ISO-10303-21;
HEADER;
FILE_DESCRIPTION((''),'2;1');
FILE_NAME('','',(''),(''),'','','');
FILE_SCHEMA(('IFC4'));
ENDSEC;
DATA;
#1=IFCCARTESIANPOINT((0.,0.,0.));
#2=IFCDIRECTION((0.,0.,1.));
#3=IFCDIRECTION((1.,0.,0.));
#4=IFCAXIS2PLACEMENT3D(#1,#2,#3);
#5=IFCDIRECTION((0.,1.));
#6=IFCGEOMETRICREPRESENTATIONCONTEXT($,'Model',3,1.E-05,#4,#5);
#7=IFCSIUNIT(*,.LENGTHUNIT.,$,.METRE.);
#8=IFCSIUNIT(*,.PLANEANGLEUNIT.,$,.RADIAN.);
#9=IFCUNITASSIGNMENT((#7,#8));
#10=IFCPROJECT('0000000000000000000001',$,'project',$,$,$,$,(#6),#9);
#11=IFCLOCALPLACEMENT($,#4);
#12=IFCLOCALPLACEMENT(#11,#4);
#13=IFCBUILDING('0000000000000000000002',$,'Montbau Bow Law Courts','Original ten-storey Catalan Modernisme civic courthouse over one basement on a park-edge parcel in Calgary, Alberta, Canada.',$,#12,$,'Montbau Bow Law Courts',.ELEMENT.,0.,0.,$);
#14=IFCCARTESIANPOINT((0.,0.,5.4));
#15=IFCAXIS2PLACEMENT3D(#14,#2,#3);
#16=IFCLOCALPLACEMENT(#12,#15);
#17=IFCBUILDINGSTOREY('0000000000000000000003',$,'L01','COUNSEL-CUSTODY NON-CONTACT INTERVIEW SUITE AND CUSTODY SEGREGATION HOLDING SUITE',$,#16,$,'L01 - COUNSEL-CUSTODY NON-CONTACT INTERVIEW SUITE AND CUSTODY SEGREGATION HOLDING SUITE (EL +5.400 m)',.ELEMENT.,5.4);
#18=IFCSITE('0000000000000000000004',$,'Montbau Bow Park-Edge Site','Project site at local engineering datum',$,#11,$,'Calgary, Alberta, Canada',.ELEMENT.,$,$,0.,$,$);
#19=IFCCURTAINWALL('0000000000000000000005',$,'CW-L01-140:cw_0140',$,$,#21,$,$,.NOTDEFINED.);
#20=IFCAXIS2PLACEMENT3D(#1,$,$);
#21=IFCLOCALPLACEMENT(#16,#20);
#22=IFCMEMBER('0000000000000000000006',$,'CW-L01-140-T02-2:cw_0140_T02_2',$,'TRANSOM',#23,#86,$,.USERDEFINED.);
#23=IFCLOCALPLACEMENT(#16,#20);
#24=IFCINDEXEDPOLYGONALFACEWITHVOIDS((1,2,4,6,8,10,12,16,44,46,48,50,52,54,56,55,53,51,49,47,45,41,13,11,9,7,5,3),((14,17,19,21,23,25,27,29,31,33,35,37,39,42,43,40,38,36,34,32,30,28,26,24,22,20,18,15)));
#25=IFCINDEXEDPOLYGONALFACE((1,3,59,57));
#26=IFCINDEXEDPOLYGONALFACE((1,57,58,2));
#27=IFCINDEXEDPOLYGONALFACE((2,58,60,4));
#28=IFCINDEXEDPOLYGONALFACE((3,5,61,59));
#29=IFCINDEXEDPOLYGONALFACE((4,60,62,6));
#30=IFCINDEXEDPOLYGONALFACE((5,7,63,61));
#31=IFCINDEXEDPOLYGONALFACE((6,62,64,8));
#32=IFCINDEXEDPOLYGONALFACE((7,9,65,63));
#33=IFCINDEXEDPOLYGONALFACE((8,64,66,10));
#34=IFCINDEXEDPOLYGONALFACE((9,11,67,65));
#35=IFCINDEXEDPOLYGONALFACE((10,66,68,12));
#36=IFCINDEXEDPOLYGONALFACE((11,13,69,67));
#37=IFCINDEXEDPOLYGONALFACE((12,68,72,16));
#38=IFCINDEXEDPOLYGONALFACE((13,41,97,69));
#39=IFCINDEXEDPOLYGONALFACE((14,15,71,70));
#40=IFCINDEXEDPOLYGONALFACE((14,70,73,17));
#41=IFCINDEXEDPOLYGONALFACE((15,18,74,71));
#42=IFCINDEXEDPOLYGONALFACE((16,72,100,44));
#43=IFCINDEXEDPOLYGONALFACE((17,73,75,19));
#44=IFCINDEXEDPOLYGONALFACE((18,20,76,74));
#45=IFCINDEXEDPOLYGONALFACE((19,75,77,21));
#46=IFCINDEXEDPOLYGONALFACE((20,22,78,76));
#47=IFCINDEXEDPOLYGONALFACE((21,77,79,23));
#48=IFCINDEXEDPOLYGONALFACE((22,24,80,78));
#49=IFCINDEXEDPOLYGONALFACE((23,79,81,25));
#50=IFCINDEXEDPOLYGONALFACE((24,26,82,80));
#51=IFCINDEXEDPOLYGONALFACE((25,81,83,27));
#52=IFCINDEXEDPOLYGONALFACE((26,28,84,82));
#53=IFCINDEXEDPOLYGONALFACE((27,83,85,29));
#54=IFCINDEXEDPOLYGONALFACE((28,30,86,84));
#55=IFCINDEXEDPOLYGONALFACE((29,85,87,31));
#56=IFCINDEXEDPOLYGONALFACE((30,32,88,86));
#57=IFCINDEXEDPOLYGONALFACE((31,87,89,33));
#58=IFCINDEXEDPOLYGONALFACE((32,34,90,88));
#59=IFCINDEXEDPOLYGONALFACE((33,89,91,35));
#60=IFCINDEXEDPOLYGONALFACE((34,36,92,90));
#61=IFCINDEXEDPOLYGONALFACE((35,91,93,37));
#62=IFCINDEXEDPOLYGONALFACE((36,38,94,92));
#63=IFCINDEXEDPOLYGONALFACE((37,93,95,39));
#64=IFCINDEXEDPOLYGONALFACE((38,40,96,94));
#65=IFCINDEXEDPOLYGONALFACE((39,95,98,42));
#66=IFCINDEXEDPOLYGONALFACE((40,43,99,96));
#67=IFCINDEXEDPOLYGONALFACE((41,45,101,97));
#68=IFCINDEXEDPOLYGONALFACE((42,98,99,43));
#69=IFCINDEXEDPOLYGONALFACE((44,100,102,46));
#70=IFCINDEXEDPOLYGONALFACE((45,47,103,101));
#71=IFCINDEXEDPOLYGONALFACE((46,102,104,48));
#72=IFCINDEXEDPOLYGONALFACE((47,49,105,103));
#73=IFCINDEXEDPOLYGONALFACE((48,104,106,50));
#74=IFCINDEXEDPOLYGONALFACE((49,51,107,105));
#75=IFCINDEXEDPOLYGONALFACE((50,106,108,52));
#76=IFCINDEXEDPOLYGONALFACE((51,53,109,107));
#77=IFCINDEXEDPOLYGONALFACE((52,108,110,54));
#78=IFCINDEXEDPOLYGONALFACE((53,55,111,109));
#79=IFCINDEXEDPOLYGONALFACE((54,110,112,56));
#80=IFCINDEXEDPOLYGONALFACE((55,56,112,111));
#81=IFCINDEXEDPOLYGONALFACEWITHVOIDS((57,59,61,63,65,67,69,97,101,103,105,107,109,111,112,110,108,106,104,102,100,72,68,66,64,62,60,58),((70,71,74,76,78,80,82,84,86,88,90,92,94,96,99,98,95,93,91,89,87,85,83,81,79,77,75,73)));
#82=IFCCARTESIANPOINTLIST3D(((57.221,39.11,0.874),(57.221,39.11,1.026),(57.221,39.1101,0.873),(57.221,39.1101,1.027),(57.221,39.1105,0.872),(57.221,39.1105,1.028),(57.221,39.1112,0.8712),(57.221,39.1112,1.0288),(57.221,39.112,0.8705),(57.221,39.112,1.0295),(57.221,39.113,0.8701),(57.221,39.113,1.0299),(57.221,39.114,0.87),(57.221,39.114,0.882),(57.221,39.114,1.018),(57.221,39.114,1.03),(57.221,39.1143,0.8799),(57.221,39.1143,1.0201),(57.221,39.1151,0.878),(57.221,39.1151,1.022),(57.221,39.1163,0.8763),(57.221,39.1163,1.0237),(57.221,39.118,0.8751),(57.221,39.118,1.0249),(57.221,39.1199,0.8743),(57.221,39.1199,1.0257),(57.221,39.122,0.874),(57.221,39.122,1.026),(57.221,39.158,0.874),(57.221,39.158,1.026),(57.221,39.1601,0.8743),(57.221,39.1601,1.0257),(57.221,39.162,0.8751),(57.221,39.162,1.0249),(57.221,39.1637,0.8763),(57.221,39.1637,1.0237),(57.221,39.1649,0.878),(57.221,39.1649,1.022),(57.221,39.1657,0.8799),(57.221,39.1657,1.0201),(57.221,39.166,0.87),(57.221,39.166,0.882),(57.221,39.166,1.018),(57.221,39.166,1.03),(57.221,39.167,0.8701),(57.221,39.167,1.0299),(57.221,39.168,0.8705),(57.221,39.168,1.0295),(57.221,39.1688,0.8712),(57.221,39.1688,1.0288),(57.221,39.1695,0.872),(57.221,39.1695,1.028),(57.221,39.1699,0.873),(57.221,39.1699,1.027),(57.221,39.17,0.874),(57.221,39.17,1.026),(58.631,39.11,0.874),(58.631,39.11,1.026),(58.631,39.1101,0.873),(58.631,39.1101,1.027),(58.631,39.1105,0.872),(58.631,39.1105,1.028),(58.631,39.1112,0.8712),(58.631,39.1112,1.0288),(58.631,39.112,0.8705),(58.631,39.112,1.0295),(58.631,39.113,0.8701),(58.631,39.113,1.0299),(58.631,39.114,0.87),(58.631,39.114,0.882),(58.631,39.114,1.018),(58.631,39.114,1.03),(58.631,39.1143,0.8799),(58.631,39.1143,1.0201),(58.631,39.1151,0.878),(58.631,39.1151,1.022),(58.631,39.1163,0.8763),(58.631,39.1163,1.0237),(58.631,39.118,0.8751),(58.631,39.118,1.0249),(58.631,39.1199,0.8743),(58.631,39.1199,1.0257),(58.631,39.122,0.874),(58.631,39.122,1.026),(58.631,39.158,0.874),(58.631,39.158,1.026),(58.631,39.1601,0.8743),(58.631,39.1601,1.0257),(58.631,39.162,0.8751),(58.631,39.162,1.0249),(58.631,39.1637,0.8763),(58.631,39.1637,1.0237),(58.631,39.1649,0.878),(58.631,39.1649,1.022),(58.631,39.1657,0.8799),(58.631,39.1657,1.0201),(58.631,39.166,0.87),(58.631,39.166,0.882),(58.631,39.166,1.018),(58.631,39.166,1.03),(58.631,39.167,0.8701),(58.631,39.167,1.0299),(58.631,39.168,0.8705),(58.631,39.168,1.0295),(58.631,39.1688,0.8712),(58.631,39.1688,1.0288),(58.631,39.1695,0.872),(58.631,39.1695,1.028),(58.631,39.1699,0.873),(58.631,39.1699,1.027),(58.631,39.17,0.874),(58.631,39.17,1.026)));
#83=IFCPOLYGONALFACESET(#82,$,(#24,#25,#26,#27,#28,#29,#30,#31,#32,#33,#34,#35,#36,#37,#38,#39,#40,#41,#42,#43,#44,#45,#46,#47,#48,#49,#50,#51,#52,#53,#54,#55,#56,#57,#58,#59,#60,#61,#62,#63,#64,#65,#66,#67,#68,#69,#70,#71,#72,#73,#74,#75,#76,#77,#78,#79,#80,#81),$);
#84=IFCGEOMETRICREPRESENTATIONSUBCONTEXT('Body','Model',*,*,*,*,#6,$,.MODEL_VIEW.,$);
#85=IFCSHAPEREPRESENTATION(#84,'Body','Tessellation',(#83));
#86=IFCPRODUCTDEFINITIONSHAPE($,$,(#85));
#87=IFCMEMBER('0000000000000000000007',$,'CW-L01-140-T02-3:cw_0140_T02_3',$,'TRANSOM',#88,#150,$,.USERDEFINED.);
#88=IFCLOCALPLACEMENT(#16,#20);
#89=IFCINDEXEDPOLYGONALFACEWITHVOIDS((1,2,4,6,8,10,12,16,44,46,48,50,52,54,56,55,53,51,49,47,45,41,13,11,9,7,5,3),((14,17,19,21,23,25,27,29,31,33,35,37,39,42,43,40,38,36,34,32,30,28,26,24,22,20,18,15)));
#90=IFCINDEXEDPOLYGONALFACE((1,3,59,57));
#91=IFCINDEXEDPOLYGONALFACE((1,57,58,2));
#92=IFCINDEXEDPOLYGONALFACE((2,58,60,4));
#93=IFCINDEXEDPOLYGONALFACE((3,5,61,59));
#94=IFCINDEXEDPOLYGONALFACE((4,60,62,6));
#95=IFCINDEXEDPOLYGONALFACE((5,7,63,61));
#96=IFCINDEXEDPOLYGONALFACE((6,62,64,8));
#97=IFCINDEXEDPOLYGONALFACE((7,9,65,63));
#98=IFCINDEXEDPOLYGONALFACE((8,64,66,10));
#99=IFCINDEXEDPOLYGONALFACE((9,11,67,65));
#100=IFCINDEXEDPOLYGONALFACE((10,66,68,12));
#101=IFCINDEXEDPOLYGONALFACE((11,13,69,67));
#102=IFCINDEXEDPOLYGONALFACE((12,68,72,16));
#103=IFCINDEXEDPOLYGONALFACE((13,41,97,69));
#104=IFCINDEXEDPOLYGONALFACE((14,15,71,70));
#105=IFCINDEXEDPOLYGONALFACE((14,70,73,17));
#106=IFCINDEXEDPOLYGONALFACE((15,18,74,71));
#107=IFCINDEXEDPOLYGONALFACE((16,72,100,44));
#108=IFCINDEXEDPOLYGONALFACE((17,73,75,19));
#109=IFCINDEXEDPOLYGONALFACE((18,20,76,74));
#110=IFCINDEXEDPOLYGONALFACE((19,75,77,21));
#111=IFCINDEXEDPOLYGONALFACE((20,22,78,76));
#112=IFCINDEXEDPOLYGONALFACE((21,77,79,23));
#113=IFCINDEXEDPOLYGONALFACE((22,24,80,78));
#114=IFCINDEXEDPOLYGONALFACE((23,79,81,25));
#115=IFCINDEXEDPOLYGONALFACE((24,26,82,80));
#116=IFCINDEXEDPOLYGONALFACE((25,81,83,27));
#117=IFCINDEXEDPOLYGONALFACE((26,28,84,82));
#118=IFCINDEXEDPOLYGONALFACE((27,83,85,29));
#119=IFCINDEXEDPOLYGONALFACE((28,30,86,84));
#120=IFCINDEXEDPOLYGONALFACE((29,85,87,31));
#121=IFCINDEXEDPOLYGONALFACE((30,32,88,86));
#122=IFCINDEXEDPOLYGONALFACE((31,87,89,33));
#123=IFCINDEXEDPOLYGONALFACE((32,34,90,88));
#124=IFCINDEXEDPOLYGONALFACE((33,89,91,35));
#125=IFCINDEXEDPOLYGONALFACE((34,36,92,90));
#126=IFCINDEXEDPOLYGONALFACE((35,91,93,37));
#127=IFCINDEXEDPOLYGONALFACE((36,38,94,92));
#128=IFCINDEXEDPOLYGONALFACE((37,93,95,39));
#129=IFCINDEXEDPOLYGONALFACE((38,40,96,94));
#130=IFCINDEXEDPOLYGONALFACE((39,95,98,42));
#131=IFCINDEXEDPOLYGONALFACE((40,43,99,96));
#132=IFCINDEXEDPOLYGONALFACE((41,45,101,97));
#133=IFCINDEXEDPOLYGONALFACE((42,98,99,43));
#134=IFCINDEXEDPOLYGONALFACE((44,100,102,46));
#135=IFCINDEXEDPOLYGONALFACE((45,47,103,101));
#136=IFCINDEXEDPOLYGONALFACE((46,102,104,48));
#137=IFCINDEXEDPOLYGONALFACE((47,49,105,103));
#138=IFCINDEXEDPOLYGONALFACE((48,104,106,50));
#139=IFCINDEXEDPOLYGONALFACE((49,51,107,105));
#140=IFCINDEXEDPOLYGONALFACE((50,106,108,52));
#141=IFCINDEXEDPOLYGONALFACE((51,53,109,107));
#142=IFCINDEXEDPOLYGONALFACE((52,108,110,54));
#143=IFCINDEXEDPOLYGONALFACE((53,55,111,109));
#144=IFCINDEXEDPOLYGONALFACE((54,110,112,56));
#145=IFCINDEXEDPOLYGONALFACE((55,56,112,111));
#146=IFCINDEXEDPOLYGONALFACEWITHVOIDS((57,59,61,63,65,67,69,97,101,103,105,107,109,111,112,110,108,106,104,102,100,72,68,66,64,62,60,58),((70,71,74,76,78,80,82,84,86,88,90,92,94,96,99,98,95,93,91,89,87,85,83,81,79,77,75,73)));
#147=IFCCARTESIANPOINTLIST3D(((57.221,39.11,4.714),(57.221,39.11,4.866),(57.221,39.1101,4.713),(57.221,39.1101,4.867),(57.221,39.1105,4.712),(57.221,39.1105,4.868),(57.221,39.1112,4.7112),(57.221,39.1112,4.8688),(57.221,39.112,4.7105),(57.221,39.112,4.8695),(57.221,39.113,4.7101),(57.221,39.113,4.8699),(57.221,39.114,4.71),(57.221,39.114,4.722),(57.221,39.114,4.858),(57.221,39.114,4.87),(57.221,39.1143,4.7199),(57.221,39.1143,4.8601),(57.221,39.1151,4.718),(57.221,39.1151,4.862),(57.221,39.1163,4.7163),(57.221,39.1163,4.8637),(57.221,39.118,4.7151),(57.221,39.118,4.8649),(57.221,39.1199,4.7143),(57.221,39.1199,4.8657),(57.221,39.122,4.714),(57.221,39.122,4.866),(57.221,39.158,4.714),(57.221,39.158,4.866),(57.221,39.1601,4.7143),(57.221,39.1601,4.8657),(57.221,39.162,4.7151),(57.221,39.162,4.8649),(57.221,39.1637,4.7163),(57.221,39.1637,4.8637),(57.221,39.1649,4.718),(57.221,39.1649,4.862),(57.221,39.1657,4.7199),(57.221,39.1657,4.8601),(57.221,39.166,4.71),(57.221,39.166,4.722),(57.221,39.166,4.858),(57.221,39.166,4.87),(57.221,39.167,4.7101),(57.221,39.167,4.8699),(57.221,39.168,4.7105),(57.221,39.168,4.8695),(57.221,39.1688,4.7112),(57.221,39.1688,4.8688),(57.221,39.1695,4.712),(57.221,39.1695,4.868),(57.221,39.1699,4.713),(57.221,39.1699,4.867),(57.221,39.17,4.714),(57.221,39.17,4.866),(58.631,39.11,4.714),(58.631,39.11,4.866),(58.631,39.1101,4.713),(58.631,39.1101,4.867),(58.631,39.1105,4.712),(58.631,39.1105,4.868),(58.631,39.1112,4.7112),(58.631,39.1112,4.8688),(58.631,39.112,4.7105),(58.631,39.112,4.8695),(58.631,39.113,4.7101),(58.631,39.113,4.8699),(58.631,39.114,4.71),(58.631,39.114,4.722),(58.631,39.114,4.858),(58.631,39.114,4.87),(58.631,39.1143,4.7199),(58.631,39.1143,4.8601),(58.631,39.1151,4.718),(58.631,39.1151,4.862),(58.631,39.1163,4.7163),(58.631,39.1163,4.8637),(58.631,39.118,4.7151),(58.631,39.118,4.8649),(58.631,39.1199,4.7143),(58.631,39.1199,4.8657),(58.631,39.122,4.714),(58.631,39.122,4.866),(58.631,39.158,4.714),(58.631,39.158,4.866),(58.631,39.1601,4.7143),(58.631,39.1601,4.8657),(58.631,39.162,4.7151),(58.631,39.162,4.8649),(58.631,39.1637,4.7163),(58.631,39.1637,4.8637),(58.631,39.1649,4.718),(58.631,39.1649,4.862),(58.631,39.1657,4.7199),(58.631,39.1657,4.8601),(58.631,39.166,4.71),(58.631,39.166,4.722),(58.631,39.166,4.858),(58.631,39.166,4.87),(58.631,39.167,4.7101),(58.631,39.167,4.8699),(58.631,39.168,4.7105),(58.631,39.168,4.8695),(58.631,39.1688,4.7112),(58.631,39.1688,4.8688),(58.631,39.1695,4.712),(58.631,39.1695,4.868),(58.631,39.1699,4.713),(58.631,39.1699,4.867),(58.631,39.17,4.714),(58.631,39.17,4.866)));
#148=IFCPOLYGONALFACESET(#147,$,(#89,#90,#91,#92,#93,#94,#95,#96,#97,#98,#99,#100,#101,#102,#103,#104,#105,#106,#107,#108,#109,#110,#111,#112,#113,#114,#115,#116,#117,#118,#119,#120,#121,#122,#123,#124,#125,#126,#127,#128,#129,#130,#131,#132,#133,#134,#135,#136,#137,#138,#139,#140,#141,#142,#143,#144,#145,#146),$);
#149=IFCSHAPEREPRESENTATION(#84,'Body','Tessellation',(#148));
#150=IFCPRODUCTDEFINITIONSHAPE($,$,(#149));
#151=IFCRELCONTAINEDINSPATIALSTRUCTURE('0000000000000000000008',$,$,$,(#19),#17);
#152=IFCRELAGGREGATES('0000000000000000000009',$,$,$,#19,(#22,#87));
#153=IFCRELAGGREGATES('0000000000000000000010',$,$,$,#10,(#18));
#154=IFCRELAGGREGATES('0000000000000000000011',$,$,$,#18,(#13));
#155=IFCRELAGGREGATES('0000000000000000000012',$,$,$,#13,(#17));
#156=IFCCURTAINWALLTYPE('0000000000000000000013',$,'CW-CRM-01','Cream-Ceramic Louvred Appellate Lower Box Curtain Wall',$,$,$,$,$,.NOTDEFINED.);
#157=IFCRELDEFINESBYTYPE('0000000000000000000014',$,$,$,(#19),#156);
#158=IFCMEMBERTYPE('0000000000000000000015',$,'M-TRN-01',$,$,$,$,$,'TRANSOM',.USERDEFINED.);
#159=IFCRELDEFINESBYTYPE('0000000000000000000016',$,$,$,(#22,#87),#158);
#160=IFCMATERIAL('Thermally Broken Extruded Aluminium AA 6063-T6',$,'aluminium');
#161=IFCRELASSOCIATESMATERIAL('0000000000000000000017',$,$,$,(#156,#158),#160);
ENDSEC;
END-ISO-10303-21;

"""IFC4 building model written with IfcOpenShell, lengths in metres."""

from ifc_helpers import new_model, si_unit, direction, frame, origin_with_axes, origin_2d_with_axis, place, context, subcontext, project, spatial, hollow_rectangle, extrude, material, material_profile, profile_set, type_object, element, aggregate, save


model = new_model("IFC4")

# Units and contexts
model_context = context("Model", 3, precision=1e-05, world=origin_with_axes(), true_north=direction((0.0, 1.0)))
body_context = subcontext(model_context, "Body", "Model", "MODEL_VIEW")
ifc_project = project(units=[si_unit("LENGTHUNIT", "METRE"), si_unit("PLANEANGLEUNIT", "RADIAN")], contexts=[model_context])

# Site, building, storey
site_placement = place(None, origin_with_axes())
site = spatial("IfcSite", under=ifc_project, at=site_placement, Name="Montbau Bow Park-Edge Site", Description="Project site at local engineering datum", LongName="Calgary, Alberta, Canada", CompositionType="ELEMENT", RefElevation=0.0)
building_placement = place(site_placement, origin_with_axes())
building = spatial("IfcBuilding", under=site, at=building_placement, Name="Montbau Bow Law Courts", Description="Original ten-storey Catalan Modernisme civic courthouse over one basement on a park-edge parcel in Calgary, Alberta, Canada.", LongName="Montbau Bow Law Courts", CompositionType="ELEMENT", ElevationOfRefHeight=0.0, ElevationOfTerrain=0.0)
storey_placement = place(building_placement, frame((0.0, 0.0, 5.4), z_axis=(0.0, 0.0, 1.0), x_axis=(1.0, 0.0, 0.0)))
storey = spatial("IfcBuildingStorey", under=building, at=storey_placement, Name="L01", Description="COUNSEL-CUSTODY NON-CONTACT INTERVIEW SUITE AND CUSTODY SEGREGATION HOLDING SUITE", LongName="L01 - COUNSEL-CUSTODY NON-CONTACT INTERVIEW SUITE AND CUSTODY SEGREGATION HOLDING SUITE (EL +5.400 m)", CompositionType="ELEMENT", Elevation=5.4)

# Shared definitions
ifc_material_1 = material(Name="Thermally Broken Extruded Aluminium AA 6063-T6", Category="aluminium")
curtain_wall_type = type_object("IfcCurtainWallType", Name="CW-CRM-01", Description="Cream-Ceramic Louvred Appellate Lower Box Curtain Wall", PredefinedType="NOTDEFINED", material=ifc_material_1)

# Curtain wall, members
curtain_wall_1_placement = place(None, frame((55.715, 39.14, 5.4), z_axis=(0.0, 0.0, 1.0), x_axis=(1.0, 0.0, 0.0)))
curtain_wall_1 = element("IfcCurtainWall", 1, at=curtain_wall_1_placement, inside=storey, type_object=curtain_wall_type, Name="CW-L01-140:cw_0140", PredefinedType="NOTDEFINED")
ifc_material_profile_1 = material_profile(ifc_material_1, hollow_rectangle(XDim=0.06, YDim=0.16, WallThickness=0.004, InnerFilletRadius=0.008, OuterFilletRadius=0.004, at=origin_2d_with_axis()), Name="CWT-160X60", Category="Main", Priority=0)
ifc_profile_set_1 = profile_set([ifc_material_profile_1], Name="Thermally Broken Extruded Aluminium AA 6063-T6")
member_type_1 = type_object("IfcMemberType", Name="M-TRN-01", ElementType="TRANSOM", PredefinedType="USERDEFINED", material=ifc_profile_set_1)
member_1_placement = place(None, frame((57.221, 39.14, 6.35), z_axis=(1.0, 0.0, 0.0), x_axis=(0.0, 1.0, 0.0)))
member_1 = element("IfcMember", 2, at=member_1_placement, type_object=member_type_1, Name="CW-L01-140-T02-2:cw_0140_T02_2", ObjectType="TRANSOM", PredefinedType="USERDEFINED", context=body_context, shape_type="SweptSolid", body=[
    extrude(hollow_rectangle(XDim=0.06, YDim=0.16, WallThickness=0.004, InnerFilletRadius=0.008, OuterFilletRadius=0.004, at=origin_2d_with_axis()), origin_with_axes(), (0.0, 0.0, 1.0), 1.41),
])
member_2_placement = place(None, frame((57.221, 39.14, 10.19), z_axis=(1.0, 0.0, 0.0), x_axis=(0.0, 1.0, 0.0)))
member_2 = element("IfcMember", 3, at=member_2_placement, type_object=member_type_1, Name="CW-L01-140-T02-3:cw_0140_T02_3", ObjectType="TRANSOM", PredefinedType="USERDEFINED", context=body_context, shape_type="SweptSolid", body=[
    extrude(hollow_rectangle(XDim=0.06, YDim=0.16, WallThickness=0.004, InnerFilletRadius=0.008, OuterFilletRadius=0.004, at=origin_2d_with_axis()), origin_with_axes(), (0.0, 0.0, 1.0), 1.41),
])
aggregate(curtain_wall_1, [member_1, member_2])

save(model, "model.ifc")
